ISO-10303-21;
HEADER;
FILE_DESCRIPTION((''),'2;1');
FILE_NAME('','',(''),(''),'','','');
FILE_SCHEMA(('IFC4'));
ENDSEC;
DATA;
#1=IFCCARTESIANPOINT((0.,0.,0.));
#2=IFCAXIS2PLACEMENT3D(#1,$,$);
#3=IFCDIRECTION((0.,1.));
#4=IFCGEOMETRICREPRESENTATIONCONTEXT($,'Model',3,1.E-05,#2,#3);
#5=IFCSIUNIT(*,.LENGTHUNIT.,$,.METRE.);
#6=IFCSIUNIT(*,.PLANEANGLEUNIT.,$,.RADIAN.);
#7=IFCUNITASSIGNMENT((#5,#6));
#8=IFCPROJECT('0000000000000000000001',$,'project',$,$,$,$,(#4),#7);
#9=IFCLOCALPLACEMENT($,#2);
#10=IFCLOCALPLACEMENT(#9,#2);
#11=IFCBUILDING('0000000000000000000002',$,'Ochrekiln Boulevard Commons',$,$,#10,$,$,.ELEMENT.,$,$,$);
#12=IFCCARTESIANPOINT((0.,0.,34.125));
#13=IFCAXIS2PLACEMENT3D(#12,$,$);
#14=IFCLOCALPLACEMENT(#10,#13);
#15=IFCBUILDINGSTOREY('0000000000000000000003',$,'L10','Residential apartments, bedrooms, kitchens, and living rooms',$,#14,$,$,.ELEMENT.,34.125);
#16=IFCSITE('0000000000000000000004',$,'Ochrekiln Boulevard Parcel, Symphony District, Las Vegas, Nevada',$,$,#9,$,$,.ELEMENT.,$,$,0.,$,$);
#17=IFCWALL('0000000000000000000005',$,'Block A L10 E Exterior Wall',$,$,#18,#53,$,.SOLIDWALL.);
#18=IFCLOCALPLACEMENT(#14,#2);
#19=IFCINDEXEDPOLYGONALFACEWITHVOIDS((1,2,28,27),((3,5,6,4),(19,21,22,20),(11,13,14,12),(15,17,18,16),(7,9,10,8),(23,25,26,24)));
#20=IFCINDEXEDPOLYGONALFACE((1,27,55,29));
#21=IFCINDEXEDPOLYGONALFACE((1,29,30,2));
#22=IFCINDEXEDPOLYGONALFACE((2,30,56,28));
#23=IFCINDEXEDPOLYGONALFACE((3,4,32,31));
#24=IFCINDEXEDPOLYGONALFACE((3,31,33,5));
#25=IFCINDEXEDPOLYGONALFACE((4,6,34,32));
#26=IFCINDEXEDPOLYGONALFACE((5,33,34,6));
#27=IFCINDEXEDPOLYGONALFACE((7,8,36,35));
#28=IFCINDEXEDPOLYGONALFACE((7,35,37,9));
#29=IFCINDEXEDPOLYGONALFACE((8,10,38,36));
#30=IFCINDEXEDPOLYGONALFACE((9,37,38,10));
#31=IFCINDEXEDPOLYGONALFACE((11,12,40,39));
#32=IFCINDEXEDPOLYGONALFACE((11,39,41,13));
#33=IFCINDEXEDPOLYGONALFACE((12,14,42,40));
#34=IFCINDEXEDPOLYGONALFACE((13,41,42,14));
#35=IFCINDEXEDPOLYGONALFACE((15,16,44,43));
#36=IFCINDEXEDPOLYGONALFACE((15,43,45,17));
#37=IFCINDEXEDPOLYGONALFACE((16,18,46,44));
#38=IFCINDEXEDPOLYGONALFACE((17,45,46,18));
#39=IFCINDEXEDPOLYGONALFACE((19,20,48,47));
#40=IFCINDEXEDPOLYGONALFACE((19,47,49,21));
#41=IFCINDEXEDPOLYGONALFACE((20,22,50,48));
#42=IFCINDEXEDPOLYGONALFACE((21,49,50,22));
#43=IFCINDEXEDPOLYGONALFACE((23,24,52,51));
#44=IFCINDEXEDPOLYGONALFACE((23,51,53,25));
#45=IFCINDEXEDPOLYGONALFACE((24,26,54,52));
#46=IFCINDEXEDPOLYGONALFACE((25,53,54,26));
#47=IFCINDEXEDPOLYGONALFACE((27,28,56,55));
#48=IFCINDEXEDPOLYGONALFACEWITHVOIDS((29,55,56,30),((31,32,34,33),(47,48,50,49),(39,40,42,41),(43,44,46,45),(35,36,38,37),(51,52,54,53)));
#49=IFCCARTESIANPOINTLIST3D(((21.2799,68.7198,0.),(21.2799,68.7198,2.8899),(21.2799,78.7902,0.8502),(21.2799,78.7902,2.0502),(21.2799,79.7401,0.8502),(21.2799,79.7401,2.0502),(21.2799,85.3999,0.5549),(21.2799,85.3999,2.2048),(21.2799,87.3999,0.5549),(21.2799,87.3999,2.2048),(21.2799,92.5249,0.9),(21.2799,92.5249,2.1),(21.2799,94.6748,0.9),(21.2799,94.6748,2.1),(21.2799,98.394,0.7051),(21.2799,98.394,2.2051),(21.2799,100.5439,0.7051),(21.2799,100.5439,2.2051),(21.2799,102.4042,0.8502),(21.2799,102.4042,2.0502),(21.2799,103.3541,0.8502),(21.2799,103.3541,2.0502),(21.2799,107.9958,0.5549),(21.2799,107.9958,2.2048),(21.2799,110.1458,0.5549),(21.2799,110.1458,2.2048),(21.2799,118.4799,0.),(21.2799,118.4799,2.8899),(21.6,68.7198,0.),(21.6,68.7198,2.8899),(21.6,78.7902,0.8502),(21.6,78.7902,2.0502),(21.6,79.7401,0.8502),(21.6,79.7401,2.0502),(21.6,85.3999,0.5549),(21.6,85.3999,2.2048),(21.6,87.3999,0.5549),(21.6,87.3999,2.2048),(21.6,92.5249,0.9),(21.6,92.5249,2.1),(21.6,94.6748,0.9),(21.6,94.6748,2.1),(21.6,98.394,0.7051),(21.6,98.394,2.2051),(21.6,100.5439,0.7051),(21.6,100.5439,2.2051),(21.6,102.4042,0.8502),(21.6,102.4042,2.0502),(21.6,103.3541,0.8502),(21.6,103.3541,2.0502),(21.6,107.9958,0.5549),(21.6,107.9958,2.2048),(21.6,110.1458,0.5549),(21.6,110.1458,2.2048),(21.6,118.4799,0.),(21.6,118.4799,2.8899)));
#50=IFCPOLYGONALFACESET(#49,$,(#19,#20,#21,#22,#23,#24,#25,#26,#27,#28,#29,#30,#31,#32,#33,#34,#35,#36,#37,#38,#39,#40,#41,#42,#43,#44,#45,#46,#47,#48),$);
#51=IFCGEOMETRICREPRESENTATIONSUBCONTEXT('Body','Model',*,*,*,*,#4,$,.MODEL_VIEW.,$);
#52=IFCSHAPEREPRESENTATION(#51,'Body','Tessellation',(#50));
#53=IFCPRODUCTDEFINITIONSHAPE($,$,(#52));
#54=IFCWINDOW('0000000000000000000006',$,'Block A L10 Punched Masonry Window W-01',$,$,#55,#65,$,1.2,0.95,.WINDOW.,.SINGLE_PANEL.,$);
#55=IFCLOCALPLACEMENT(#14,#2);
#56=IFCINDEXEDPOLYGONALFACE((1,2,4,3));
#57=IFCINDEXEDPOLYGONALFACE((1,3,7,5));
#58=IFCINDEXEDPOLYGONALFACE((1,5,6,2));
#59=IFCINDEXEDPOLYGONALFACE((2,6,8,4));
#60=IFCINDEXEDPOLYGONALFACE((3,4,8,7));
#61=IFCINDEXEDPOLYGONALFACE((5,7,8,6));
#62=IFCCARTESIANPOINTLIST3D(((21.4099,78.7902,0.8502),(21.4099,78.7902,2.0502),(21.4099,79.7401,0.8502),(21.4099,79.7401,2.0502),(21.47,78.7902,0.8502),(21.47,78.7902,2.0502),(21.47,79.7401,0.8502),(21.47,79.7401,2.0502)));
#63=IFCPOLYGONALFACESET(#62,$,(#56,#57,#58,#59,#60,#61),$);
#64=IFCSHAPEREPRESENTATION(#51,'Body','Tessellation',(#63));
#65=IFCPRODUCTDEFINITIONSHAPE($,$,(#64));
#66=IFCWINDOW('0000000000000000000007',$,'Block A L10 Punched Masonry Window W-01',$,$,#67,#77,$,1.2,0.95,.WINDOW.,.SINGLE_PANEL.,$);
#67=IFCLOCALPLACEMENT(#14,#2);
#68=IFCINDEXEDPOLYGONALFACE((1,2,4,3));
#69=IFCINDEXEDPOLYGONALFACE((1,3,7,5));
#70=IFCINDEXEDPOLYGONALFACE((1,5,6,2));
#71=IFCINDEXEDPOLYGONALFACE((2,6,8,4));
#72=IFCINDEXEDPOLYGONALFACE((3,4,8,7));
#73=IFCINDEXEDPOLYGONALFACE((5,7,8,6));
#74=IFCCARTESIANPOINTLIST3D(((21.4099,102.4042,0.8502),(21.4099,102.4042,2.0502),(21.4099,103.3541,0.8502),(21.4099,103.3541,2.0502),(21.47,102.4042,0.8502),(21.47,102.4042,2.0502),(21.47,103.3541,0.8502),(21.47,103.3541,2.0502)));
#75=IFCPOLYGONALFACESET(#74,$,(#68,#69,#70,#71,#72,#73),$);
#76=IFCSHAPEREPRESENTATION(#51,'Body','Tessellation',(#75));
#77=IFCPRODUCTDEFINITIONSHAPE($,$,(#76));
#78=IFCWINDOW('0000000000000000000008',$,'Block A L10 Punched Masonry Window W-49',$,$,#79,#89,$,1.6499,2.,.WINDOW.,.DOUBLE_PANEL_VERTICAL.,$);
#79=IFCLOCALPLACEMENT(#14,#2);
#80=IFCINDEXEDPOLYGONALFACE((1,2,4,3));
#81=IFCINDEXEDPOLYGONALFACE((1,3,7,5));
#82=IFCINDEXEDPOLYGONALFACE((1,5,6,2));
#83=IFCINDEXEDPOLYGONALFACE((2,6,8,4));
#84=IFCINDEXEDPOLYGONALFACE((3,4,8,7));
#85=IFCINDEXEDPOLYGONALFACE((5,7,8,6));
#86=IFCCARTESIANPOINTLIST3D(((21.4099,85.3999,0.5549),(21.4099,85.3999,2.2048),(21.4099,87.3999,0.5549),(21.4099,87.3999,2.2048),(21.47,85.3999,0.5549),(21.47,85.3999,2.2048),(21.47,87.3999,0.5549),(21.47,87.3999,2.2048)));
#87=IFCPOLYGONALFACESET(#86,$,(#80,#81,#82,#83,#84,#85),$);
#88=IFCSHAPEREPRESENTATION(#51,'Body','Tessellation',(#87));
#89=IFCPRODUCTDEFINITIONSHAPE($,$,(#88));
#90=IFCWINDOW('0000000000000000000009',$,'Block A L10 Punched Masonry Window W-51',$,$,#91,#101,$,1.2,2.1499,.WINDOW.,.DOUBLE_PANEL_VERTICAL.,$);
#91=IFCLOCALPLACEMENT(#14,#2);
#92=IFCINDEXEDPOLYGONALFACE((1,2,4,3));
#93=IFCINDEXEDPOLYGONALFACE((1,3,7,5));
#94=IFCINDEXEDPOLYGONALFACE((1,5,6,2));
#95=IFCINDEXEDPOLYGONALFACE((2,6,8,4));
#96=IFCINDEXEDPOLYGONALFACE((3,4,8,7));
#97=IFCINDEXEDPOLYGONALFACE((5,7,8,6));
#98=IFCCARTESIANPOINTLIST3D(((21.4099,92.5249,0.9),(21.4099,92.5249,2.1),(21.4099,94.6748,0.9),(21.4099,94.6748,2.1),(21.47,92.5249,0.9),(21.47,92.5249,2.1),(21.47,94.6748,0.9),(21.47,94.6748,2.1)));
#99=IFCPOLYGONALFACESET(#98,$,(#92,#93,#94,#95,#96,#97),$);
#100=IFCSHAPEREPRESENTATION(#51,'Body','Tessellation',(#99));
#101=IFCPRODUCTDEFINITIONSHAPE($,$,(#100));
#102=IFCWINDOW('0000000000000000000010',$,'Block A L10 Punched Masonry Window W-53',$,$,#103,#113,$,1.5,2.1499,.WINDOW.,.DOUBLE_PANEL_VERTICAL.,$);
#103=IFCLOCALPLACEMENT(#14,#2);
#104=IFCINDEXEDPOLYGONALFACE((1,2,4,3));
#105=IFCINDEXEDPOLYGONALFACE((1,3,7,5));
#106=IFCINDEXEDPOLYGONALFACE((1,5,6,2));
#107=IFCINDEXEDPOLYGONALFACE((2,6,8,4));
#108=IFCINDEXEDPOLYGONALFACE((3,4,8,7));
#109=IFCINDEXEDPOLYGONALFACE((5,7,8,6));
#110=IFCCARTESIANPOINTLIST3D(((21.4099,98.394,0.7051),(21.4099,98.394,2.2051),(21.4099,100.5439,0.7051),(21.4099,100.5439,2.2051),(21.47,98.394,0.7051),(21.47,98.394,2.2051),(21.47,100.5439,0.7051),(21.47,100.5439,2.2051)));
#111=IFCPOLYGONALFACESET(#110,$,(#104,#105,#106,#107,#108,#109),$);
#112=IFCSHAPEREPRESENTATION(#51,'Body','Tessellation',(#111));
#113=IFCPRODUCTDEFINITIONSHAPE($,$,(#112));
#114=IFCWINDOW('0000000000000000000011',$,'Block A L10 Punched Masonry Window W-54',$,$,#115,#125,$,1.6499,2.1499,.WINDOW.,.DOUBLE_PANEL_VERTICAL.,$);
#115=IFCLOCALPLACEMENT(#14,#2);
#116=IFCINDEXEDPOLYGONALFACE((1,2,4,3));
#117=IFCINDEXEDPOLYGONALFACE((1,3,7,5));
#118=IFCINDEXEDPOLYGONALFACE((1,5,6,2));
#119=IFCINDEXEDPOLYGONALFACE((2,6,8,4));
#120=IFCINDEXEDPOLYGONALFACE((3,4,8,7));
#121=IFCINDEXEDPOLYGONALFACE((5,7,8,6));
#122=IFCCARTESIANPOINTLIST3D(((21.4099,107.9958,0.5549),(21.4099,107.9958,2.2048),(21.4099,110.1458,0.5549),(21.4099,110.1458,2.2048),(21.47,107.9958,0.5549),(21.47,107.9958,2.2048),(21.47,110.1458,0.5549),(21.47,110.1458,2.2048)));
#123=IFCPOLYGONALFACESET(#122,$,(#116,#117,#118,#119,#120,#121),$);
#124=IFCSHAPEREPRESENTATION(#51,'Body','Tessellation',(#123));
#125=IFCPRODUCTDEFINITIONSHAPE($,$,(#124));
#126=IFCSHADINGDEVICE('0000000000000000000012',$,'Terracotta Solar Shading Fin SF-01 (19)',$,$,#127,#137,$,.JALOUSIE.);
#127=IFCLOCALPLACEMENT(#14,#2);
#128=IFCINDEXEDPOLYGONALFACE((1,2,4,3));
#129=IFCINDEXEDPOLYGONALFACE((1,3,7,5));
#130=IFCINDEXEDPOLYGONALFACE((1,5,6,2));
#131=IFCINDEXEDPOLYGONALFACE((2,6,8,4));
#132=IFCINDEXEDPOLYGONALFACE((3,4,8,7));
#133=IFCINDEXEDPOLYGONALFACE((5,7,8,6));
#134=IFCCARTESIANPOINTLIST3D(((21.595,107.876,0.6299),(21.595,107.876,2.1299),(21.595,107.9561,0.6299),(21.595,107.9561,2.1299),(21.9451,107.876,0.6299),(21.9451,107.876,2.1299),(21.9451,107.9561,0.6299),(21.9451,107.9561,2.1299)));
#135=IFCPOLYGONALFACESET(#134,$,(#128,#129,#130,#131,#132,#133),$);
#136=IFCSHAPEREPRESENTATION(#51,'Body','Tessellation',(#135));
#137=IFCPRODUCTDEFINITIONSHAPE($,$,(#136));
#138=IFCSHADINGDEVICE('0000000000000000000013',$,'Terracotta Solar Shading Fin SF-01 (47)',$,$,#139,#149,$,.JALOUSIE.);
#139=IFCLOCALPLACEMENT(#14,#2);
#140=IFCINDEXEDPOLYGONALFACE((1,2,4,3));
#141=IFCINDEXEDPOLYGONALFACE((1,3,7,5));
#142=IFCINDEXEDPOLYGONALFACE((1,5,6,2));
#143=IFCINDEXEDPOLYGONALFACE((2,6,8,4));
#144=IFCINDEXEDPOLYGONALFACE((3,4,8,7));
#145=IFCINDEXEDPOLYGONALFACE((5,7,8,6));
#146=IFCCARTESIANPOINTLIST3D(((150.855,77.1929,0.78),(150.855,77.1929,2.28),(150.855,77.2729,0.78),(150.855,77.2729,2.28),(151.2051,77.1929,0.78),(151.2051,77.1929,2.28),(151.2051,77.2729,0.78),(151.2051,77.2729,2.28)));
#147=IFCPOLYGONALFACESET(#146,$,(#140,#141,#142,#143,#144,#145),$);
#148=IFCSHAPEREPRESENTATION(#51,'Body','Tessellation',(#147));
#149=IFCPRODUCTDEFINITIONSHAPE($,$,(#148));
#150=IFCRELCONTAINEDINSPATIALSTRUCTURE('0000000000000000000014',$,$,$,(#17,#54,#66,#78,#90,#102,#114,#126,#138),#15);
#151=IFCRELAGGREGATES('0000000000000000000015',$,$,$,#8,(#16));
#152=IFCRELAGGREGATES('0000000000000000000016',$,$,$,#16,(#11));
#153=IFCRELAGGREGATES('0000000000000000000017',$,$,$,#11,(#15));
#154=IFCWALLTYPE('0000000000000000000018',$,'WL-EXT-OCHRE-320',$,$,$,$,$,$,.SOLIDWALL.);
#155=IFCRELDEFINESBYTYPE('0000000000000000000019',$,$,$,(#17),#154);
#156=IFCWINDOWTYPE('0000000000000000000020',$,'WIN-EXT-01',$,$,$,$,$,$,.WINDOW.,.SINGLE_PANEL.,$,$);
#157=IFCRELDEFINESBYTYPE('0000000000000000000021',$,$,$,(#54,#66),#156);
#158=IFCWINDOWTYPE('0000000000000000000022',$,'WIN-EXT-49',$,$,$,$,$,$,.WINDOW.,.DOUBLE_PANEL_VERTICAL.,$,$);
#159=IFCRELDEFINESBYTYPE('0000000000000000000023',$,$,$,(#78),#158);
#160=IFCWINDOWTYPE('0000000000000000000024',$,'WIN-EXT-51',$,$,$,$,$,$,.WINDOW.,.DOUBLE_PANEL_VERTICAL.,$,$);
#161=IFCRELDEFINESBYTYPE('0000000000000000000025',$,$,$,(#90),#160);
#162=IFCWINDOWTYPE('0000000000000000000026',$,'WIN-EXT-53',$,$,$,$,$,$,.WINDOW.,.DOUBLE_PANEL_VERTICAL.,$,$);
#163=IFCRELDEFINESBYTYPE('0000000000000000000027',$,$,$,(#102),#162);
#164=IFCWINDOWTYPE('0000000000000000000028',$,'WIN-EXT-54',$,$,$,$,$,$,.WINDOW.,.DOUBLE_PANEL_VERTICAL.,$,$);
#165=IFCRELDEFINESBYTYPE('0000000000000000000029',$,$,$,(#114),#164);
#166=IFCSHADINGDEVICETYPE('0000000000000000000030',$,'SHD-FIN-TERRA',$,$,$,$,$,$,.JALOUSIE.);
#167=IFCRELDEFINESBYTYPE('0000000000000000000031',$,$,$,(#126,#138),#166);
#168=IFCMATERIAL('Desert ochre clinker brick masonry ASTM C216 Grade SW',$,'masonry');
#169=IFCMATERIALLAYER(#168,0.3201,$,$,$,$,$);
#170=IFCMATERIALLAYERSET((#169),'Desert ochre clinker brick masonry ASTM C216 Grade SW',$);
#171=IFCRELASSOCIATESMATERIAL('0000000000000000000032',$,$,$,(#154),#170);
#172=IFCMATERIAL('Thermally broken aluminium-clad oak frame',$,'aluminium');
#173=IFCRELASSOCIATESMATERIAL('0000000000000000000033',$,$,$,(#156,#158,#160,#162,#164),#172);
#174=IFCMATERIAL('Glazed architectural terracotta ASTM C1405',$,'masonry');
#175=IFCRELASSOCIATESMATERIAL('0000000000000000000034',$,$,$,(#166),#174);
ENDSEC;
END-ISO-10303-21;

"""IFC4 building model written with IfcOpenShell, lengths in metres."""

from ifc_helpers import new_model, si_unit, direction, frame, frame_2d, origin, origin_2d, place, context, subcontext, project, spatial, rectangle, extrude, material, layer, layer_set, type_object, element, fill, save


model = new_model("IFC4")

# Units and contexts
model_context = context("Model", 3, precision=1e-05, world=origin(), true_north=direction((0.0, 1.0)))
body_context = subcontext(model_context, "Body", "Model", "MODEL_VIEW")
ifc_project = project(units=[si_unit("LENGTHUNIT", "METRE"), si_unit("PLANEANGLEUNIT", "RADIAN")], contexts=[model_context])

# Site, building, storey
site_placement = place(None, origin())
site = spatial("IfcSite", under=ifc_project, at=site_placement, Name="Ochrekiln Boulevard Parcel, Symphony District, Las Vegas, Nevada", CompositionType="ELEMENT", RefElevation=0.0)
building_placement = place(site_placement, origin())
building = spatial("IfcBuilding", under=site, at=building_placement, Name="Ochrekiln Boulevard Commons", CompositionType="ELEMENT")
storey_placement = place(building_placement, frame((0.0, 0.0, 34.125)))
storey = spatial("IfcBuildingStorey", under=building, at=storey_placement, Name="L10", Description="Residential apartments, bedrooms, kitchens, and living rooms", CompositionType="ELEMENT", Elevation=34.125)

# Wall, openings, windows
ifc_material_1 = material(Name="Desert ochre clinker brick masonry ASTM C216 Grade SW", Category="masonry")
ifc_layer = layer(ifc_material_1, 0.3201)
ifc_layer_set = layer_set([ifc_layer], Name="Desert ochre clinker brick masonry ASTM C216 Grade SW")
wall_type = type_object("IfcWallType", Name="WL-EXT-OCHRE-320", PredefinedType="SOLIDWALL", material=ifc_layer_set)
wall_placement = place(storey_placement, frame((21.4399, 68.72, 0.0), z_axis=(0.0, 0.0, 1.0), x_axis=(0.0, 1.0, 0.0)))
wall = element("IfcWall", 1, at=wall_placement, inside=storey, type_object=wall_type, Name="Block A L10 E Exterior Wall", PredefinedType="SOLIDWALL", context=body_context, shape_type="SweptSolid", body=[
    extrude(rectangle(XDim=49.76, YDim=0.3201, at=frame_2d((24.8799, 0.0))), origin(), (0.0, 0.0, 1.0), 2.8899),
])
opening_1_placement = place(wall_placement, frame((16.6799, 0.0, 0.5549)))
opening_1 = element("IfcOpeningElement", 2, at=opening_1_placement, cuts=wall, PredefinedType="OPENING", context=body_context, shape_type="SweptSolid", body=[
    extrude(rectangle(XDim=2.0, YDim=1.6499, at=frame_2d((1.0, 0.825))), frame((0.0, 0.1699, 0.0), z_axis=(0.0, -1.0, 0.0), x_axis=(1.0, 0.0, 0.0)), (0.0, 0.0, 1.0), 0.3401),
])
opening_2_placement = place(wall_placement, frame((10.0701, 0.0, 0.8501)))
opening_2 = element("IfcOpeningElement", 3, at=opening_2_placement, cuts=wall, PredefinedType="OPENING", context=body_context, shape_type="SweptSolid", body=[
    extrude(rectangle(XDim=0.95, YDim=1.2, at=frame_2d((0.4751, 0.6001))), frame((0.0, 0.1699, 0.0), z_axis=(0.0, -1.0, 0.0), x_axis=(1.0, 0.0, 0.0)), (0.0, 0.0, 1.0), 0.3401),
])
opening_3_placement = place(wall_placement, frame((23.8049, 0.0, 0.8999)))
opening_3 = element("IfcOpeningElement", 4, at=opening_3_placement, cuts=wall, PredefinedType="OPENING", context=body_context, shape_type="SweptSolid", body=[
    extrude(rectangle(XDim=2.1499, YDim=1.2, at=frame_2d((1.075, 0.6001))), frame((0.0, 0.1699, 0.0), z_axis=(0.0, -1.0, 0.0), x_axis=(1.0, 0.0, 0.0)), (0.0, 0.0, 1.0), 0.3401),
])
opening_4_placement = place(wall_placement, frame((33.6841, 0.0, 0.8501)))
opening_4 = element("IfcOpeningElement", 5, at=opening_4_placement, cuts=wall, PredefinedType="OPENING", context=body_context, shape_type="SweptSolid", body=[
    extrude(rectangle(XDim=0.95, YDim=1.2, at=frame_2d((0.4751, 0.6001))), frame((0.0, 0.1699, 0.0), z_axis=(0.0, -1.0, 0.0), x_axis=(1.0, 0.0, 0.0)), (0.0, 0.0, 1.0), 0.3401),
])
opening_5_placement = place(wall_placement, frame((29.6741, 0.0, 0.7051)))
opening_5 = element("IfcOpeningElement", 6, at=opening_5_placement, cuts=wall, PredefinedType="OPENING", context=body_context, shape_type="SweptSolid", body=[
    extrude(rectangle(XDim=2.1499, YDim=1.5, at=frame_2d((1.075, 0.75))), frame((0.0, 0.1699, 0.0), z_axis=(0.0, -1.0, 0.0), x_axis=(1.0, 0.0, 0.0)), (0.0, 0.0, 1.0), 0.3401),
])
opening_6_placement = place(wall_placement, frame((39.2759, 0.0, 0.5549)))
opening_6 = element("IfcOpeningElement", 7, at=opening_6_placement, cuts=wall, PredefinedType="OPENING", context=body_context, shape_type="SweptSolid", body=[
    extrude(rectangle(XDim=2.1499, YDim=1.6499, at=frame_2d((1.075, 0.825))), frame((0.0, 0.1699, 0.0), z_axis=(0.0, -1.0, 0.0), x_axis=(1.0, 0.0, 0.0)), (0.0, 0.0, 1.0), 0.3401),
])
ifc_material_2 = material(Name="Thermally broken aluminium-clad oak frame", Category="aluminium")
window_type_1 = type_object("IfcWindowType", Name="WIN-EXT-01", PartitioningType="SINGLE_PANEL", PredefinedType="WINDOW", material=ifc_material_2)
window_1_placement = place(opening_2_placement, origin())
window_1 = element("IfcWindow", 8, at=window_1_placement, inside=storey, type_object=window_type_1, Name="Block A L10 Punched Masonry Window W-01", OverallHeight=1.2, OverallWidth=0.95, PartitioningType="SINGLE_PANEL", PredefinedType="WINDOW", context=body_context, shape_type="SweptSolid", body=[
    extrude(rectangle(XDim=0.95, YDim=1.2, at=frame_2d((0.4751, 0.6001))), frame((0.0, 0.03, 0.0), z_axis=(0.0, -1.0, 0.0), x_axis=(1.0, 0.0, 0.0)), (0.0, 0.0, 1.0), 0.0601),
])
fill(opening_2, window_1)
window_2_placement = place(opening_4_placement, origin())
window_2 = element("IfcWindow", 9, at=window_2_placement, inside=storey, type_object=window_type_1, Name="Block A L10 Punched Masonry Window W-01", OverallHeight=1.2, OverallWidth=0.95, PartitioningType="SINGLE_PANEL", PredefinedType="WINDOW", context=body_context, shape_type="SweptSolid", body=[
    extrude(rectangle(XDim=0.95, YDim=1.2, at=frame_2d((0.4751, 0.6001))), frame((0.0, 0.03, 0.0), z_axis=(0.0, -1.0, 0.0), x_axis=(1.0, 0.0, 0.0)), (0.0, 0.0, 1.0), 0.0601),
])
fill(opening_4, window_2)
window_type_2 = type_object("IfcWindowType", Name="WIN-EXT-49", PartitioningType="DOUBLE_PANEL_VERTICAL", PredefinedType="WINDOW", material=ifc_material_2)
window_3_placement = place(opening_1_placement, origin())
window_3 = element("IfcWindow", 10, at=window_3_placement, inside=storey, type_object=window_type_2, Name="Block A L10 Punched Masonry Window W-49", OverallHeight=1.6499, OverallWidth=2.0, PartitioningType="DOUBLE_PANEL_VERTICAL", PredefinedType="WINDOW", context=body_context, shape_type="SweptSolid", body=[
    extrude(rectangle(XDim=2.0, YDim=1.6499, at=frame_2d((1.0, 0.825))), frame((0.0, 0.03, 0.0), z_axis=(0.0, -1.0, 0.0), x_axis=(1.0, 0.0, 0.0)), (0.0, 0.0, 1.0), 0.0601),
])
fill(opening_1, window_3)
window_type_3 = type_object("IfcWindowType", Name="WIN-EXT-51", PartitioningType="DOUBLE_PANEL_VERTICAL", PredefinedType="WINDOW", material=ifc_material_2)
window_4_placement = place(opening_3_placement, origin())
window_4 = element("IfcWindow", 11, at=window_4_placement, inside=storey, type_object=window_type_3, Name="Block A L10 Punched Masonry Window W-51", OverallHeight=1.2, OverallWidth=2.1499, PartitioningType="DOUBLE_PANEL_VERTICAL", PredefinedType="WINDOW", context=body_context, shape_type="SweptSolid", body=[
    extrude(rectangle(XDim=2.1499, YDim=1.2, at=frame_2d((1.075, 0.6001))), frame((0.0, 0.03, 0.0), z_axis=(0.0, -1.0, 0.0), x_axis=(1.0, 0.0, 0.0)), (0.0, 0.0, 1.0), 0.0601),
])
fill(opening_3, window_4)
window_type_4 = type_object("IfcWindowType", Name="WIN-EXT-53", PartitioningType="DOUBLE_PANEL_VERTICAL", PredefinedType="WINDOW", material=ifc_material_2)
window_5_placement = place(opening_5_placement, origin())
window_5 = element("IfcWindow", 12, at=window_5_placement, inside=storey, type_object=window_type_4, Name="Block A L10 Punched Masonry Window W-53", OverallHeight=1.5, OverallWidth=2.1499, PartitioningType="DOUBLE_PANEL_VERTICAL", PredefinedType="WINDOW", context=body_context, shape_type="SweptSolid", body=[
    extrude(rectangle(XDim=2.1499, YDim=1.5, at=frame_2d((1.075, 0.75))), frame((0.0, 0.03, 0.0), z_axis=(0.0, -1.0, 0.0), x_axis=(1.0, 0.0, 0.0)), (0.0, 0.0, 1.0), 0.0601),
])
fill(opening_5, window_5)
window_type_5 = type_object("IfcWindowType", Name="WIN-EXT-54", PartitioningType="DOUBLE_PANEL_VERTICAL", PredefinedType="WINDOW", material=ifc_material_2)
window_6_placement = place(opening_6_placement, origin())
window_6 = element("IfcWindow", 13, at=window_6_placement, inside=storey, type_object=window_type_5, Name="Block A L10 Punched Masonry Window W-54", OverallHeight=1.6499, OverallWidth=2.1499, PartitioningType="DOUBLE_PANEL_VERTICAL", PredefinedType="WINDOW", context=body_context, shape_type="SweptSolid", body=[
    extrude(rectangle(XDim=2.1499, YDim=1.6499, at=frame_2d((1.075, 0.825))), frame((0.0, 0.03, 0.0), z_axis=(0.0, -1.0, 0.0), x_axis=(1.0, 0.0, 0.0)), (0.0, 0.0, 1.0), 0.0601),
])
fill(opening_6, window_6)

# Shading devices
ifc_material_3 = material(Name="Glazed architectural terracotta ASTM C1405", Category="masonry")
shading_device_type = type_object("IfcShadingDeviceType", Name="SHD-FIN-TERRA", PredefinedType="JALOUSIE", material=ifc_material_3)
for number, where, z_axis, x_axis, name in (
    (14, (21.77, 107.916, 0.6299), (0.0, 0.0, 1.0), (1.0, 0.0, 0.0), "Terracotta Solar Shading Fin SF-01 (19)"),
    (15, (151.03, 77.2329, 0.78), (0.0, 0.0, 1.0), (1.0, 0.0, 0.0), "Terracotta Solar Shading Fin SF-01 (47)"),
):
    element("IfcShadingDevice", number, at=place(storey_placement, frame(where, z_axis=z_axis, x_axis=x_axis)), inside=storey, type_object=shading_device_type, Name=name, PredefinedType="JALOUSIE", context=body_context, shape_type="SweptSolid", body=[
        extrude(rectangle(XDim=0.3501, YDim=0.0801, at=origin_2d()), origin(), (0.0, 0.0, 1.0), 1.5),
    ])

save(model, "model.ifc")
